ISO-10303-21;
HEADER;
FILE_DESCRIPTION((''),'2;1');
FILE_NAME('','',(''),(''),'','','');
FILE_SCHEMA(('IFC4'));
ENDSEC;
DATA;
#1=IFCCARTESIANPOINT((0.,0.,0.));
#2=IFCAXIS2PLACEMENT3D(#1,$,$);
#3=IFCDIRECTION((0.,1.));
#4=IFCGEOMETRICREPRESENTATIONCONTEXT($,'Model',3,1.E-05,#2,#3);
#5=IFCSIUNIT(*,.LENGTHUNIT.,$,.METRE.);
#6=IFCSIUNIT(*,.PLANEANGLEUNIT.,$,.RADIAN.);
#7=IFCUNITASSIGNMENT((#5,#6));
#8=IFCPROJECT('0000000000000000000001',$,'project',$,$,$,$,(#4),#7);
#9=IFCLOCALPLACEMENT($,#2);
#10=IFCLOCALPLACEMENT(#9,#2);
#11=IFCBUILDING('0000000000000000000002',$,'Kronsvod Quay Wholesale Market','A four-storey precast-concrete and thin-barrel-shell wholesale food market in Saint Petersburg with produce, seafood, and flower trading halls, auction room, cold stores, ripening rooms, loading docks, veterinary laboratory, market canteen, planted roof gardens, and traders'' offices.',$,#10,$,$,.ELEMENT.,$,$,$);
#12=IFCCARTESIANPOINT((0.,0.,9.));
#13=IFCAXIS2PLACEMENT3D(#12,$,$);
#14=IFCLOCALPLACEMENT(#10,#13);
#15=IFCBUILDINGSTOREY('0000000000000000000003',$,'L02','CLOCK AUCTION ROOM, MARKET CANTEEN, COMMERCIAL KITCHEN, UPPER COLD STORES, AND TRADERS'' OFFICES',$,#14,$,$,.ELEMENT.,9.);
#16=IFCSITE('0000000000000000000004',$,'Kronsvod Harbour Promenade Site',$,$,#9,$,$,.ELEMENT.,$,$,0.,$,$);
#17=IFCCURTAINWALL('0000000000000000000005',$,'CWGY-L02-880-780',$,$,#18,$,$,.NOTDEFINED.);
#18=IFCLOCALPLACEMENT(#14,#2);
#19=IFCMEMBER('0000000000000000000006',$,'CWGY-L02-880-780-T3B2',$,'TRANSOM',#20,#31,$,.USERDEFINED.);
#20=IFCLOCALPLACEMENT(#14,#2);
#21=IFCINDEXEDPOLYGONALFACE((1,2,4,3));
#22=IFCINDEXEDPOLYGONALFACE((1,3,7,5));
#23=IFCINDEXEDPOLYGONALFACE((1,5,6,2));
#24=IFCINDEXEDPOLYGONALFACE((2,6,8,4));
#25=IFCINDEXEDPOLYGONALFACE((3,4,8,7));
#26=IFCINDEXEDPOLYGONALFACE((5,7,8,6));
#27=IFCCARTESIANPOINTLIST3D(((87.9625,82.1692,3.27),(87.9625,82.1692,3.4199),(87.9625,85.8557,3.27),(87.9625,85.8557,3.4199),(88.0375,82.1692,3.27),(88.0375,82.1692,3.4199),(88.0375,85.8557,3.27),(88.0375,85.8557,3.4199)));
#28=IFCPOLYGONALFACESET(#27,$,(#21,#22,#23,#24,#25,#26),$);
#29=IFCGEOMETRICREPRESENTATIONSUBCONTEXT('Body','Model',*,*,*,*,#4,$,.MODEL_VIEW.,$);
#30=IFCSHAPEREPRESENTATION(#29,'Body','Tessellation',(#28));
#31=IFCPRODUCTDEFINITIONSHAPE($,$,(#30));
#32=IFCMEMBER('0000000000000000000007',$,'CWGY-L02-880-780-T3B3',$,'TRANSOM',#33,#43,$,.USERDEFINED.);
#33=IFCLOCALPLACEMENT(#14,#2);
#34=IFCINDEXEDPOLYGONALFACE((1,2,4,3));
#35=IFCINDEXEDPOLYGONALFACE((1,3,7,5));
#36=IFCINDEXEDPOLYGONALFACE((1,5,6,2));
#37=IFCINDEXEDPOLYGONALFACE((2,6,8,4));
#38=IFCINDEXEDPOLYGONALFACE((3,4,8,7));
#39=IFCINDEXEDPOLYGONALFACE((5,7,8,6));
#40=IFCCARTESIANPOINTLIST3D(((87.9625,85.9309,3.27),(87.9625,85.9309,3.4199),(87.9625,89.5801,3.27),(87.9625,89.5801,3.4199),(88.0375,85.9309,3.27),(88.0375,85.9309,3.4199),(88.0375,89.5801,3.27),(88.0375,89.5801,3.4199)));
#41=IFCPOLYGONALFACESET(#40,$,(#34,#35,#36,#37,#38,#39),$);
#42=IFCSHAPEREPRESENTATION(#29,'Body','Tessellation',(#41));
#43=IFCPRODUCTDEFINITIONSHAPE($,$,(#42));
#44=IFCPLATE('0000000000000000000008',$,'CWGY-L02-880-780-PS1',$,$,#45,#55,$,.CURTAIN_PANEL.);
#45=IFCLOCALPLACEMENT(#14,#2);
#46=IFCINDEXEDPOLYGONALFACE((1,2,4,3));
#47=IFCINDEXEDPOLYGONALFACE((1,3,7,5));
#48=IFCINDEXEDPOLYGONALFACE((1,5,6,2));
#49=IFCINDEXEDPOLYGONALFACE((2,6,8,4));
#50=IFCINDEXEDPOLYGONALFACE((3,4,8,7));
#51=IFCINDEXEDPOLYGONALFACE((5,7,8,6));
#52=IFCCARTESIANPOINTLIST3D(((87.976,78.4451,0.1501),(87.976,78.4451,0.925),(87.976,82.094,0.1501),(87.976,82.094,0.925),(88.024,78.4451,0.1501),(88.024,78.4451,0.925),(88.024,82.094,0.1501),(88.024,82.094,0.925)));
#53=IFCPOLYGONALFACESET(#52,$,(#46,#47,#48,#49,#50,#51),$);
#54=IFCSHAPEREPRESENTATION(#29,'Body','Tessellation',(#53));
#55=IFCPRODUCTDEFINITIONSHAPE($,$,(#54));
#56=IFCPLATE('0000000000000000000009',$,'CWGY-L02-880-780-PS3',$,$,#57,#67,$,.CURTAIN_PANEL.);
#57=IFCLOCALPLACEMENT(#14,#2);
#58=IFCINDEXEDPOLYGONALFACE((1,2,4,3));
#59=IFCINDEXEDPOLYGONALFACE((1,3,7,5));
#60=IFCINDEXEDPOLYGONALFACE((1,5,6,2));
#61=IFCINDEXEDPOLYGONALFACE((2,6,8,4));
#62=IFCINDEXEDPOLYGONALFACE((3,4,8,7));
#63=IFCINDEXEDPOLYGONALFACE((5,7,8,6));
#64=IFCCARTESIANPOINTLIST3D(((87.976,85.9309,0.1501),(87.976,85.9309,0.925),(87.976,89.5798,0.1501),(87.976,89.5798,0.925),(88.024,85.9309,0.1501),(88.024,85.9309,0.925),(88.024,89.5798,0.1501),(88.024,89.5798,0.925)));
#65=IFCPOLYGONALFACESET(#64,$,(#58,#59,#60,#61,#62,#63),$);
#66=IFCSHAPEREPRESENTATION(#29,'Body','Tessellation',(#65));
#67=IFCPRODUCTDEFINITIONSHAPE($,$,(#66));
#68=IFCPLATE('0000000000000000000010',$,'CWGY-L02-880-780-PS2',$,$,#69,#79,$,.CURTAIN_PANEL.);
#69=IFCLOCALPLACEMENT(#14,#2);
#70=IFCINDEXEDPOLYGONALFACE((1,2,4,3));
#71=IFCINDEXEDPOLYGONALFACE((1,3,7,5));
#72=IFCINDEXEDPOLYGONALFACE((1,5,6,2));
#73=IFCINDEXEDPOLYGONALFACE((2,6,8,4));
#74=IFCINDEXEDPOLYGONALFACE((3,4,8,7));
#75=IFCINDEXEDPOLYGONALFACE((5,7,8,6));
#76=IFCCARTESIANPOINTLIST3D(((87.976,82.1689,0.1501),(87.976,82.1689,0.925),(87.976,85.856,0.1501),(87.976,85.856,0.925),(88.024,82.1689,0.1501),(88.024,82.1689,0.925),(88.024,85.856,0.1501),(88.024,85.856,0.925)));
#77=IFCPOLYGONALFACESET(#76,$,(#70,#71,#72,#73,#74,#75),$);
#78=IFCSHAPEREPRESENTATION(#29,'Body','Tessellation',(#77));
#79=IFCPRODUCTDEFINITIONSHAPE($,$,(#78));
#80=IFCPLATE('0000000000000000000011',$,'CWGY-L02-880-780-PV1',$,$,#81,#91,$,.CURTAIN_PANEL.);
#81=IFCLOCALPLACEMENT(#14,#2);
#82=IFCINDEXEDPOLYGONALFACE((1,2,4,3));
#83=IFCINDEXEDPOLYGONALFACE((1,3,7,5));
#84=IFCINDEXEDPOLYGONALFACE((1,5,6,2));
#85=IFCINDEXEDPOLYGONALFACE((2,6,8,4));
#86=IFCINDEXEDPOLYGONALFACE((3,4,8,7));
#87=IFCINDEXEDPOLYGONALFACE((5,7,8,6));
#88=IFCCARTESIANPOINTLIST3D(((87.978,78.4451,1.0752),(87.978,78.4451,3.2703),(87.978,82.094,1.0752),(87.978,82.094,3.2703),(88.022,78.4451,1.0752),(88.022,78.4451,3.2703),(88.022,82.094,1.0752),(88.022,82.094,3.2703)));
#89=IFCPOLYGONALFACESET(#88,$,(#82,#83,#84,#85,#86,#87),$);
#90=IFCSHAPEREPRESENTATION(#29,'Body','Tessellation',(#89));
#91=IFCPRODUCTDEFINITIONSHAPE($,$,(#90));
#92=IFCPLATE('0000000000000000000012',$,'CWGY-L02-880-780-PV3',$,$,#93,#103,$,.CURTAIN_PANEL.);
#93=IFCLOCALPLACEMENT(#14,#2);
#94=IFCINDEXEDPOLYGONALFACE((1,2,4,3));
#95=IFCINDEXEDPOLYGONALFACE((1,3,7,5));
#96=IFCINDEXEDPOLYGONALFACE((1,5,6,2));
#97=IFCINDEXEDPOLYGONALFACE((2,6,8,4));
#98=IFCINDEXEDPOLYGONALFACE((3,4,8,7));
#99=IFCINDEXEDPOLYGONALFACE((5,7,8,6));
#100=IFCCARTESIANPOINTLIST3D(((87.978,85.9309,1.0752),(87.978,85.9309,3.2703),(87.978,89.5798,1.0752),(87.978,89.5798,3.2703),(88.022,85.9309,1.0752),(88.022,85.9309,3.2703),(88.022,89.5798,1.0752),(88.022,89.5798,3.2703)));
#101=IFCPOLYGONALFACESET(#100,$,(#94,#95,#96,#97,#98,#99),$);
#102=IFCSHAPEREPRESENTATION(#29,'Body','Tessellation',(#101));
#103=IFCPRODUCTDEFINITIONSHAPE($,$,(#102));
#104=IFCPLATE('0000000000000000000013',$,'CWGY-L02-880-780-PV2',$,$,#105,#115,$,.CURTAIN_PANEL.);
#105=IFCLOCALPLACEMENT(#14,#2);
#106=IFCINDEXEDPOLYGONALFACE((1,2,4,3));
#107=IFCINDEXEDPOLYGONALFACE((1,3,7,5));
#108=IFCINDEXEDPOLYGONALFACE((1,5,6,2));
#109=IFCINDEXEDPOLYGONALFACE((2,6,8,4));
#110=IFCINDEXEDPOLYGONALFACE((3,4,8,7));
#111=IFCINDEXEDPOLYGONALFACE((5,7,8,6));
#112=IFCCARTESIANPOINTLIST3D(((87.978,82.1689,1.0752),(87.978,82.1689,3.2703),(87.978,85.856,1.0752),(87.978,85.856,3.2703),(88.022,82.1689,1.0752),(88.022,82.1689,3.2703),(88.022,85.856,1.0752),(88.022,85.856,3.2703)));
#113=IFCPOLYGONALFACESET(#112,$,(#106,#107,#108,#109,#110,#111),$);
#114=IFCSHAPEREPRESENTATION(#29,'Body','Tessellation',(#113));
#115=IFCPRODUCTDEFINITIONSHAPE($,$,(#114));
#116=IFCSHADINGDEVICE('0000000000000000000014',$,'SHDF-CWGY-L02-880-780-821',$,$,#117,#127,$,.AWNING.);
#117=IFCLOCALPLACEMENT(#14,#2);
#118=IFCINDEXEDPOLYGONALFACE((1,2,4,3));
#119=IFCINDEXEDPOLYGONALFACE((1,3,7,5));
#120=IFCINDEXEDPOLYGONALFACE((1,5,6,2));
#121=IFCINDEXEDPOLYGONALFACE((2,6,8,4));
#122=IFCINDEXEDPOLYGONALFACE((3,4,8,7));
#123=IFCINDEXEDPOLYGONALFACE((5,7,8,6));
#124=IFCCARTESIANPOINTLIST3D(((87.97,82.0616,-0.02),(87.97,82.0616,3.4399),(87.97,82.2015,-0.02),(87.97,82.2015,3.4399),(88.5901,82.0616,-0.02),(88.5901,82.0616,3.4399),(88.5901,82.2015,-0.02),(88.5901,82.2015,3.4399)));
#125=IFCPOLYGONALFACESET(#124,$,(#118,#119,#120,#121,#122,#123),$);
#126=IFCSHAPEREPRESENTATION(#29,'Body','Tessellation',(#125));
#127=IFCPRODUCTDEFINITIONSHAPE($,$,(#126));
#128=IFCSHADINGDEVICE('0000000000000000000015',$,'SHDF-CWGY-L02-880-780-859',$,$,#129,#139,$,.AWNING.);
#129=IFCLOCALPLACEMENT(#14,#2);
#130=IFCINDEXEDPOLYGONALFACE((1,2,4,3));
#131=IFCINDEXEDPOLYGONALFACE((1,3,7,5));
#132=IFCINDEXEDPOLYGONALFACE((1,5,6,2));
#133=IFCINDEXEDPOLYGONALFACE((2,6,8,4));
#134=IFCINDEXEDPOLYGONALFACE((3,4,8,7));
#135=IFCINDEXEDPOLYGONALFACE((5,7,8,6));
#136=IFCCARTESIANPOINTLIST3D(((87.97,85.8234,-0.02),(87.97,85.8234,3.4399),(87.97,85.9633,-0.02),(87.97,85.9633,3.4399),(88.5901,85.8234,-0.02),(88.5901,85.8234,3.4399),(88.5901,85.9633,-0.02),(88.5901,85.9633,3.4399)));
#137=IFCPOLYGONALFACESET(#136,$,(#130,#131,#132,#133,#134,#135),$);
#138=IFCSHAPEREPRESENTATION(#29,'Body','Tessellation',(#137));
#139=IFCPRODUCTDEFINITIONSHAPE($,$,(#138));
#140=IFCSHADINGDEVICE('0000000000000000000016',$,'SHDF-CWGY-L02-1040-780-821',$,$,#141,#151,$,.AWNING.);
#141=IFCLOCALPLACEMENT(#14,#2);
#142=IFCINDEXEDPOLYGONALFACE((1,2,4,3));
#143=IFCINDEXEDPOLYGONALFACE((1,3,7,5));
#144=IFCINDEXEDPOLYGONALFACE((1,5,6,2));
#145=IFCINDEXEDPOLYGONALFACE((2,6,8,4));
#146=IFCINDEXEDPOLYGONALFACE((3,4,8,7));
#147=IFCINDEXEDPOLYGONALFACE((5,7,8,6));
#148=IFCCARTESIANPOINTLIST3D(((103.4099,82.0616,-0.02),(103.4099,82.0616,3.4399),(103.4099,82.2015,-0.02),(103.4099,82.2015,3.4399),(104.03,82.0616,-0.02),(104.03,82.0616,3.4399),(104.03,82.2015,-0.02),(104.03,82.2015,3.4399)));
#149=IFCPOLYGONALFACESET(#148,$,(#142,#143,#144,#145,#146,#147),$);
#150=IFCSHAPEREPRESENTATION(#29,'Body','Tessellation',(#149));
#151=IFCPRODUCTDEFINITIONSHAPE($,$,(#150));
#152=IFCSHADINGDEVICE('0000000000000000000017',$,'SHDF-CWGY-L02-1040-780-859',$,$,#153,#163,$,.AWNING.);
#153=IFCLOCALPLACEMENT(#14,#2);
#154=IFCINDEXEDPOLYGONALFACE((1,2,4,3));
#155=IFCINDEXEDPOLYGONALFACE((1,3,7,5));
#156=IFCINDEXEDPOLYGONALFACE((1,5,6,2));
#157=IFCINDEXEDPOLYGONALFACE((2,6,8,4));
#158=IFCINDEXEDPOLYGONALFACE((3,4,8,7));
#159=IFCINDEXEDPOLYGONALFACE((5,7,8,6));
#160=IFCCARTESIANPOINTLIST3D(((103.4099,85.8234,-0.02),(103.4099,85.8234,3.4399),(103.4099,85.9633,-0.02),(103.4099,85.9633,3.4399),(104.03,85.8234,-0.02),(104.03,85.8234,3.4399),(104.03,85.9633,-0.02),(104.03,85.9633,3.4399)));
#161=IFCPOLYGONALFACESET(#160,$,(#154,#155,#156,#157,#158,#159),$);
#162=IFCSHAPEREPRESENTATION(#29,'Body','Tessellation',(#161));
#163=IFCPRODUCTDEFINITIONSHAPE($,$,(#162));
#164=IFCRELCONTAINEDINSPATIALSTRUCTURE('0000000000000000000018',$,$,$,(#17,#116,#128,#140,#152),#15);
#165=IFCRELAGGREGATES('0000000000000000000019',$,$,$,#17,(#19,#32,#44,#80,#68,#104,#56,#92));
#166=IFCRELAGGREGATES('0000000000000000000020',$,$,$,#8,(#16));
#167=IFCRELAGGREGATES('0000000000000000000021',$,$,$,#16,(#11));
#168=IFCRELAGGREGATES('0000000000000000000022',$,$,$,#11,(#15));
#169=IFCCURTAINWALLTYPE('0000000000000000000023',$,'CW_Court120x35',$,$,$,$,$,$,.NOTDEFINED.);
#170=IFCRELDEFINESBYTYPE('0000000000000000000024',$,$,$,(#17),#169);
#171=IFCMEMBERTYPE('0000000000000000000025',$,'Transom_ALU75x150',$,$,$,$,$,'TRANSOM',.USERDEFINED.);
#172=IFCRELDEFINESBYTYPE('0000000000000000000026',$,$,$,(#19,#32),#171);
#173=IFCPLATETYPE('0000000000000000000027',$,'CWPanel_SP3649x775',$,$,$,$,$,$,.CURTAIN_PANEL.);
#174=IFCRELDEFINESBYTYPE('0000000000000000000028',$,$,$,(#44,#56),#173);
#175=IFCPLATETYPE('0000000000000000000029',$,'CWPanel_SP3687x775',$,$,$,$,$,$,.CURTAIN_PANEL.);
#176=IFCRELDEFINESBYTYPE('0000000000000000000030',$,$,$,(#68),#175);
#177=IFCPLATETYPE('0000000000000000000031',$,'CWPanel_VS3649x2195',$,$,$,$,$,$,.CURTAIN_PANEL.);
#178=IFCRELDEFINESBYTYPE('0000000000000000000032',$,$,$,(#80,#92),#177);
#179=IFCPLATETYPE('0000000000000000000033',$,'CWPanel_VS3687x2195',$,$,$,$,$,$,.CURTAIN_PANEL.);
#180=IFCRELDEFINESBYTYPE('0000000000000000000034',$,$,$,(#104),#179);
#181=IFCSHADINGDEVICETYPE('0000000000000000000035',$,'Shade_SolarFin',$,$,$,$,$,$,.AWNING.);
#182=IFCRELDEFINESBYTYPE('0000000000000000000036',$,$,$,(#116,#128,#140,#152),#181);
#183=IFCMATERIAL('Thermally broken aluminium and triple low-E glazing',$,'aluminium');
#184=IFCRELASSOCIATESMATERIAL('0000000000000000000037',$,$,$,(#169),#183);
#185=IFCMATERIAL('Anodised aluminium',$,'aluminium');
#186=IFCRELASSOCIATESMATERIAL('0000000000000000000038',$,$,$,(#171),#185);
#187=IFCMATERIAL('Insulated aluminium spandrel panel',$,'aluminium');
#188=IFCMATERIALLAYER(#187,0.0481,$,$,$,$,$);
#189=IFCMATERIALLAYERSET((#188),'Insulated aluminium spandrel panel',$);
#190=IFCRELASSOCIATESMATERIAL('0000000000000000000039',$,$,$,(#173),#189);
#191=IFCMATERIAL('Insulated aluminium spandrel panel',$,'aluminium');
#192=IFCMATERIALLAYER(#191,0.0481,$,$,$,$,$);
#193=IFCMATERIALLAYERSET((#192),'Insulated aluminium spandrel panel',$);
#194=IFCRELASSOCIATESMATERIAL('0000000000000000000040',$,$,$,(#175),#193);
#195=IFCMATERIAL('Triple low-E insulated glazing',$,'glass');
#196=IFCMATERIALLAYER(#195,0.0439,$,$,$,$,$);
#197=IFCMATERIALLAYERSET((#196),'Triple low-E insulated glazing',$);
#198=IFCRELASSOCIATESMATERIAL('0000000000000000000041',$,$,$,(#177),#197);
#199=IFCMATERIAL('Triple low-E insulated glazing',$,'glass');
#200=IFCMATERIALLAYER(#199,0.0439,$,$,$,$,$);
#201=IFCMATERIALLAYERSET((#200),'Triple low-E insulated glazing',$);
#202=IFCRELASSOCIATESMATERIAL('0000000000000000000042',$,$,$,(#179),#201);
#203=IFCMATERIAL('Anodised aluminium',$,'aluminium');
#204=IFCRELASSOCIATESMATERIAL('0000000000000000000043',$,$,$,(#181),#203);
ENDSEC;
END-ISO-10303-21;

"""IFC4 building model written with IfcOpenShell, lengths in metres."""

from ifc_helpers import new_model, si_unit, direction, frame, origin, origin_2d, place, context, subcontext, project, spatial, rectangle, extrude, material, layer, layer_set, material_profile, profile_set, type_object, element, aggregate, save


model = new_model("IFC4")

# Units and contexts
model_context = context("Model", 3, precision=1e-05, world=origin(), true_north=direction((0.0, 1.0)))
body_context = subcontext(model_context, "Body", "Model", "MODEL_VIEW")
ifc_project = project(units=[si_unit("LENGTHUNIT", "METRE"), si_unit("PLANEANGLEUNIT", "RADIAN")], contexts=[model_context])

# Site, building, storey
site_placement = place(None, origin())
site = spatial("IfcSite", under=ifc_project, at=site_placement, Name="Kronsvod Harbour Promenade Site", CompositionType="ELEMENT", RefElevation=0.0)
building_placement = place(site_placement, origin())
building = spatial("IfcBuilding", under=site, at=building_placement, Name="Kronsvod Quay Wholesale Market", Description="A four-storey precast-concrete and thin-barrel-shell wholesale food market in Saint Petersburg with produce, seafood, and flower trading halls, auction room, cold stores, ripening rooms, loading docks, veterinary laboratory, market canteen, planted roof gardens, and traders' offices.", CompositionType="ELEMENT")
storey_placement = place(building_placement, frame((0.0, 0.0, 9.0)))
storey = spatial("IfcBuildingStorey", under=building, at=storey_placement, Name="L02", Description="CLOCK AUCTION ROOM, MARKET CANTEEN, COMMERCIAL KITCHEN, UPPER COLD STORES, AND TRADERS' OFFICES", CompositionType="ELEMENT", Elevation=9.0)

# Shared definitions
ifc_material_1 = material(Name="Thermally broken aluminium and triple low-E glazing", Category="aluminium")
curtain_wall_type = type_object("IfcCurtainWallType", Name="CW_Court120x35", PredefinedType="NOTDEFINED", material=ifc_material_1)

# Curtain wall, members, plates
curtain_wall_1_placement = place(storey_placement, origin())
curtain_wall_1 = element("IfcCurtainWall", 1, at=curtain_wall_1_placement, inside=storey, type_object=curtain_wall_type, Name="CWGY-L02-880-780", PredefinedType="NOTDEFINED")
ifc_material_2 = material(Name="Anodised aluminium", Category="aluminium")
ifc_material_profile_1 = material_profile(ifc_material_2, rectangle(XDim=0.075, YDim=0.1499, at=origin_2d()), Name="ALUT75x150")
ifc_profile_set_1 = profile_set([ifc_material_profile_1], Name="Anodised aluminium")
member_type_1 = type_object("IfcMemberType", Name="Transom_ALU75x150", ElementType="TRANSOM", PredefinedType="USERDEFINED", material=ifc_profile_set_1)
member_1_placement = place(storey_placement, frame((88.0, 82.1692, 3.345), z_axis=(0.0, 1.0, 0.0), x_axis=(-1.0, 0.0, 0.0)))
member_1 = element("IfcMember", 2, at=member_1_placement, type_object=member_type_1, Name="CWGY-L02-880-780-T3B2", ObjectType="TRANSOM", PredefinedType="USERDEFINED", context=body_context, shape_type="SweptSolid", body=[
    extrude(rectangle(XDim=0.075, YDim=0.1499, at=origin_2d()), origin(), (0.0, 0.0, 1.0), 3.6865),
])
member_2_placement = place(storey_placement, frame((88.0, 85.9309, 3.345), z_axis=(0.0, 1.0, 0.0), x_axis=(-1.0, 0.0, 0.0)))
member_2 = element("IfcMember", 3, at=member_2_placement, type_object=member_type_1, Name="CWGY-L02-880-780-T3B3", ObjectType="TRANSOM", PredefinedType="USERDEFINED", context=body_context, shape_type="SweptSolid", body=[
    extrude(rectangle(XDim=0.075, YDim=0.1499, at=origin_2d()), origin(), (0.0, 0.0, 1.0), 3.6492),
])
ifc_material_3 = material(Name="Insulated aluminium spandrel panel", Category="aluminium")
ifc_layer_1 = layer(ifc_material_3, 0.0481)
ifc_layer_set_1 = layer_set([ifc_layer_1], Name="Insulated aluminium spandrel panel")
plate_type_1 = type_object("IfcPlateType", Name="CWPanel_SP3649x775", PredefinedType="CURTAIN_PANEL", material=ifc_layer_set_1)
plate_1_placement = place(storey_placement, frame((88.0, 80.2695, 0.1501), z_axis=(0.0, 0.0, 1.0), x_axis=(0.0, 1.0, 0.0)))
plate_1 = element("IfcPlate", 4, at=plate_1_placement, type_object=plate_type_1, Name="CWGY-L02-880-780-PS1", PredefinedType="CURTAIN_PANEL", context=body_context, shape_type="SweptSolid", body=[
    extrude(rectangle(XDim=3.6489, YDim=0.0481, at=origin_2d()), origin(), (0.0, 0.0, 1.0), 0.7749),
])
plate_2_placement = place(storey_placement, frame((88.0, 87.7554, 0.1501), z_axis=(0.0, 0.0, 1.0), x_axis=(0.0, 1.0, 0.0)))
plate_2 = element("IfcPlate", 5, at=plate_2_placement, type_object=plate_type_1, Name="CWGY-L02-880-780-PS3", PredefinedType="CURTAIN_PANEL", context=body_context, shape_type="SweptSolid", body=[
    extrude(rectangle(XDim=3.6489, YDim=0.0481, at=origin_2d()), origin(), (0.0, 0.0, 1.0), 0.7749),
])
ifc_material_4 = material(Name="Insulated aluminium spandrel panel", Category="aluminium")
ifc_layer_2 = layer(ifc_material_4, 0.0481)
ifc_layer_set_2 = layer_set([ifc_layer_2], Name="Insulated aluminium spandrel panel")
plate_type_2 = type_object("IfcPlateType", Name="CWPanel_SP3687x775", PredefinedType="CURTAIN_PANEL", material=ifc_layer_set_2)
plate_3_placement = place(storey_placement, frame((88.0, 84.0125, 0.1501), z_axis=(0.0, 0.0, 1.0), x_axis=(0.0, 1.0, 0.0)))
plate_3 = element("IfcPlate", 6, at=plate_3_placement, type_object=plate_type_2, Name="CWGY-L02-880-780-PS2", PredefinedType="CURTAIN_PANEL", context=body_context, shape_type="SweptSolid", body=[
    extrude(rectangle(XDim=3.687, YDim=0.0481, at=origin_2d()), origin(), (0.0, 0.0, 1.0), 0.7749),
])
ifc_material_5 = material(Name="Triple low-E insulated glazing", Category="glass")
ifc_layer_3 = layer(ifc_material_5, 0.0439)
ifc_layer_set_3 = layer_set([ifc_layer_3], Name="Triple low-E insulated glazing")
plate_type_3 = type_object("IfcPlateType", Name="CWPanel_VS3649x2195", PredefinedType="CURTAIN_PANEL", material=ifc_layer_set_3)
plate_4_placement = place(storey_placement, frame((88.0, 80.2695, 1.0752), z_axis=(0.0, 0.0, 1.0), x_axis=(0.0, 1.0, 0.0)))
plate_4 = element("IfcPlate", 7, at=plate_4_placement, type_object=plate_type_3, Name="CWGY-L02-880-780-PV1", PredefinedType="CURTAIN_PANEL", context=body_context, shape_type="SweptSolid", body=[
    extrude(rectangle(XDim=3.6489, YDim=0.0439, at=origin_2d()), origin(), (0.0, 0.0, 1.0), 2.1951),
])
plate_5_placement = place(storey_placement, frame((88.0, 87.7554, 1.0752), z_axis=(0.0, 0.0, 1.0), x_axis=(0.0, 1.0, 0.0)))
plate_5 = element("IfcPlate", 8, at=plate_5_placement, type_object=plate_type_3, Name="CWGY-L02-880-780-PV3", PredefinedType="CURTAIN_PANEL", context=body_context, shape_type="SweptSolid", body=[
    extrude(rectangle(XDim=3.6489, YDim=0.0439, at=origin_2d()), origin(), (0.0, 0.0, 1.0), 2.1951),
])
ifc_material_6 = material(Name="Triple low-E insulated glazing", Category="glass")
ifc_layer_4 = layer(ifc_material_6, 0.0439)
ifc_layer_set_4 = layer_set([ifc_layer_4], Name="Triple low-E insulated glazing")
plate_type_4 = type_object("IfcPlateType", Name="CWPanel_VS3687x2195", PredefinedType="CURTAIN_PANEL", material=ifc_layer_set_4)
plate_6_placement = place(storey_placement, frame((88.0, 84.0125, 1.0752), z_axis=(0.0, 0.0, 1.0), x_axis=(0.0, 1.0, 0.0)))
plate_6 = element("IfcPlate", 9, at=plate_6_placement, type_object=plate_type_4, Name="CWGY-L02-880-780-PV2", PredefinedType="CURTAIN_PANEL", context=body_context, shape_type="SweptSolid", body=[
    extrude(rectangle(XDim=3.687, YDim=0.0439, at=origin_2d()), origin(), (0.0, 0.0, 1.0), 2.1951),
])
aggregate(curtain_wall_1, [member_1, member_2, plate_1, plate_4, plate_3, plate_6, plate_2, plate_5])

# Shading devices
ifc_material_7 = material(Name="Anodised aluminium", Category="aluminium")
shading_device_type = type_object("IfcShadingDeviceType", Name="Shade_SolarFin", PredefinedType="AWNING", material=ifc_material_7)
for number, where, z_axis, x_axis, name in (
    (10, (88.28, 82.1316, -0.02), (0.0, 0.0, 1.0), (1.0, 0.0, 0.0), "SHDF-CWGY-L02-880-780-821"),
    (11, (88.28, 85.8933, -0.02), (0.0, 0.0, 1.0), (1.0, 0.0, 0.0), "SHDF-CWGY-L02-880-780-859"),
    (12, (103.72, 82.1316, -0.02), (0.0, 0.0, 1.0), (1.0, 0.0, 0.0), "SHDF-CWGY-L02-1040-780-821"),
    (13, (103.72, 85.8933, -0.02), (0.0, 0.0, 1.0), (1.0, 0.0, 0.0), "SHDF-CWGY-L02-1040-780-859"),
):
    element("IfcShadingDevice", number, at=place(storey_placement, frame(where, z_axis=z_axis, x_axis=x_axis)), inside=storey, type_object=shading_device_type, Name=name, PredefinedType="AWNING", context=body_context, shape_type="SweptSolid", body=[
        extrude(rectangle(XDim=0.6201, YDim=0.1399, at=origin_2d()), origin(), (0.0, 0.0, 1.0), 3.46),
    ])

save(model, "model.ifc")
